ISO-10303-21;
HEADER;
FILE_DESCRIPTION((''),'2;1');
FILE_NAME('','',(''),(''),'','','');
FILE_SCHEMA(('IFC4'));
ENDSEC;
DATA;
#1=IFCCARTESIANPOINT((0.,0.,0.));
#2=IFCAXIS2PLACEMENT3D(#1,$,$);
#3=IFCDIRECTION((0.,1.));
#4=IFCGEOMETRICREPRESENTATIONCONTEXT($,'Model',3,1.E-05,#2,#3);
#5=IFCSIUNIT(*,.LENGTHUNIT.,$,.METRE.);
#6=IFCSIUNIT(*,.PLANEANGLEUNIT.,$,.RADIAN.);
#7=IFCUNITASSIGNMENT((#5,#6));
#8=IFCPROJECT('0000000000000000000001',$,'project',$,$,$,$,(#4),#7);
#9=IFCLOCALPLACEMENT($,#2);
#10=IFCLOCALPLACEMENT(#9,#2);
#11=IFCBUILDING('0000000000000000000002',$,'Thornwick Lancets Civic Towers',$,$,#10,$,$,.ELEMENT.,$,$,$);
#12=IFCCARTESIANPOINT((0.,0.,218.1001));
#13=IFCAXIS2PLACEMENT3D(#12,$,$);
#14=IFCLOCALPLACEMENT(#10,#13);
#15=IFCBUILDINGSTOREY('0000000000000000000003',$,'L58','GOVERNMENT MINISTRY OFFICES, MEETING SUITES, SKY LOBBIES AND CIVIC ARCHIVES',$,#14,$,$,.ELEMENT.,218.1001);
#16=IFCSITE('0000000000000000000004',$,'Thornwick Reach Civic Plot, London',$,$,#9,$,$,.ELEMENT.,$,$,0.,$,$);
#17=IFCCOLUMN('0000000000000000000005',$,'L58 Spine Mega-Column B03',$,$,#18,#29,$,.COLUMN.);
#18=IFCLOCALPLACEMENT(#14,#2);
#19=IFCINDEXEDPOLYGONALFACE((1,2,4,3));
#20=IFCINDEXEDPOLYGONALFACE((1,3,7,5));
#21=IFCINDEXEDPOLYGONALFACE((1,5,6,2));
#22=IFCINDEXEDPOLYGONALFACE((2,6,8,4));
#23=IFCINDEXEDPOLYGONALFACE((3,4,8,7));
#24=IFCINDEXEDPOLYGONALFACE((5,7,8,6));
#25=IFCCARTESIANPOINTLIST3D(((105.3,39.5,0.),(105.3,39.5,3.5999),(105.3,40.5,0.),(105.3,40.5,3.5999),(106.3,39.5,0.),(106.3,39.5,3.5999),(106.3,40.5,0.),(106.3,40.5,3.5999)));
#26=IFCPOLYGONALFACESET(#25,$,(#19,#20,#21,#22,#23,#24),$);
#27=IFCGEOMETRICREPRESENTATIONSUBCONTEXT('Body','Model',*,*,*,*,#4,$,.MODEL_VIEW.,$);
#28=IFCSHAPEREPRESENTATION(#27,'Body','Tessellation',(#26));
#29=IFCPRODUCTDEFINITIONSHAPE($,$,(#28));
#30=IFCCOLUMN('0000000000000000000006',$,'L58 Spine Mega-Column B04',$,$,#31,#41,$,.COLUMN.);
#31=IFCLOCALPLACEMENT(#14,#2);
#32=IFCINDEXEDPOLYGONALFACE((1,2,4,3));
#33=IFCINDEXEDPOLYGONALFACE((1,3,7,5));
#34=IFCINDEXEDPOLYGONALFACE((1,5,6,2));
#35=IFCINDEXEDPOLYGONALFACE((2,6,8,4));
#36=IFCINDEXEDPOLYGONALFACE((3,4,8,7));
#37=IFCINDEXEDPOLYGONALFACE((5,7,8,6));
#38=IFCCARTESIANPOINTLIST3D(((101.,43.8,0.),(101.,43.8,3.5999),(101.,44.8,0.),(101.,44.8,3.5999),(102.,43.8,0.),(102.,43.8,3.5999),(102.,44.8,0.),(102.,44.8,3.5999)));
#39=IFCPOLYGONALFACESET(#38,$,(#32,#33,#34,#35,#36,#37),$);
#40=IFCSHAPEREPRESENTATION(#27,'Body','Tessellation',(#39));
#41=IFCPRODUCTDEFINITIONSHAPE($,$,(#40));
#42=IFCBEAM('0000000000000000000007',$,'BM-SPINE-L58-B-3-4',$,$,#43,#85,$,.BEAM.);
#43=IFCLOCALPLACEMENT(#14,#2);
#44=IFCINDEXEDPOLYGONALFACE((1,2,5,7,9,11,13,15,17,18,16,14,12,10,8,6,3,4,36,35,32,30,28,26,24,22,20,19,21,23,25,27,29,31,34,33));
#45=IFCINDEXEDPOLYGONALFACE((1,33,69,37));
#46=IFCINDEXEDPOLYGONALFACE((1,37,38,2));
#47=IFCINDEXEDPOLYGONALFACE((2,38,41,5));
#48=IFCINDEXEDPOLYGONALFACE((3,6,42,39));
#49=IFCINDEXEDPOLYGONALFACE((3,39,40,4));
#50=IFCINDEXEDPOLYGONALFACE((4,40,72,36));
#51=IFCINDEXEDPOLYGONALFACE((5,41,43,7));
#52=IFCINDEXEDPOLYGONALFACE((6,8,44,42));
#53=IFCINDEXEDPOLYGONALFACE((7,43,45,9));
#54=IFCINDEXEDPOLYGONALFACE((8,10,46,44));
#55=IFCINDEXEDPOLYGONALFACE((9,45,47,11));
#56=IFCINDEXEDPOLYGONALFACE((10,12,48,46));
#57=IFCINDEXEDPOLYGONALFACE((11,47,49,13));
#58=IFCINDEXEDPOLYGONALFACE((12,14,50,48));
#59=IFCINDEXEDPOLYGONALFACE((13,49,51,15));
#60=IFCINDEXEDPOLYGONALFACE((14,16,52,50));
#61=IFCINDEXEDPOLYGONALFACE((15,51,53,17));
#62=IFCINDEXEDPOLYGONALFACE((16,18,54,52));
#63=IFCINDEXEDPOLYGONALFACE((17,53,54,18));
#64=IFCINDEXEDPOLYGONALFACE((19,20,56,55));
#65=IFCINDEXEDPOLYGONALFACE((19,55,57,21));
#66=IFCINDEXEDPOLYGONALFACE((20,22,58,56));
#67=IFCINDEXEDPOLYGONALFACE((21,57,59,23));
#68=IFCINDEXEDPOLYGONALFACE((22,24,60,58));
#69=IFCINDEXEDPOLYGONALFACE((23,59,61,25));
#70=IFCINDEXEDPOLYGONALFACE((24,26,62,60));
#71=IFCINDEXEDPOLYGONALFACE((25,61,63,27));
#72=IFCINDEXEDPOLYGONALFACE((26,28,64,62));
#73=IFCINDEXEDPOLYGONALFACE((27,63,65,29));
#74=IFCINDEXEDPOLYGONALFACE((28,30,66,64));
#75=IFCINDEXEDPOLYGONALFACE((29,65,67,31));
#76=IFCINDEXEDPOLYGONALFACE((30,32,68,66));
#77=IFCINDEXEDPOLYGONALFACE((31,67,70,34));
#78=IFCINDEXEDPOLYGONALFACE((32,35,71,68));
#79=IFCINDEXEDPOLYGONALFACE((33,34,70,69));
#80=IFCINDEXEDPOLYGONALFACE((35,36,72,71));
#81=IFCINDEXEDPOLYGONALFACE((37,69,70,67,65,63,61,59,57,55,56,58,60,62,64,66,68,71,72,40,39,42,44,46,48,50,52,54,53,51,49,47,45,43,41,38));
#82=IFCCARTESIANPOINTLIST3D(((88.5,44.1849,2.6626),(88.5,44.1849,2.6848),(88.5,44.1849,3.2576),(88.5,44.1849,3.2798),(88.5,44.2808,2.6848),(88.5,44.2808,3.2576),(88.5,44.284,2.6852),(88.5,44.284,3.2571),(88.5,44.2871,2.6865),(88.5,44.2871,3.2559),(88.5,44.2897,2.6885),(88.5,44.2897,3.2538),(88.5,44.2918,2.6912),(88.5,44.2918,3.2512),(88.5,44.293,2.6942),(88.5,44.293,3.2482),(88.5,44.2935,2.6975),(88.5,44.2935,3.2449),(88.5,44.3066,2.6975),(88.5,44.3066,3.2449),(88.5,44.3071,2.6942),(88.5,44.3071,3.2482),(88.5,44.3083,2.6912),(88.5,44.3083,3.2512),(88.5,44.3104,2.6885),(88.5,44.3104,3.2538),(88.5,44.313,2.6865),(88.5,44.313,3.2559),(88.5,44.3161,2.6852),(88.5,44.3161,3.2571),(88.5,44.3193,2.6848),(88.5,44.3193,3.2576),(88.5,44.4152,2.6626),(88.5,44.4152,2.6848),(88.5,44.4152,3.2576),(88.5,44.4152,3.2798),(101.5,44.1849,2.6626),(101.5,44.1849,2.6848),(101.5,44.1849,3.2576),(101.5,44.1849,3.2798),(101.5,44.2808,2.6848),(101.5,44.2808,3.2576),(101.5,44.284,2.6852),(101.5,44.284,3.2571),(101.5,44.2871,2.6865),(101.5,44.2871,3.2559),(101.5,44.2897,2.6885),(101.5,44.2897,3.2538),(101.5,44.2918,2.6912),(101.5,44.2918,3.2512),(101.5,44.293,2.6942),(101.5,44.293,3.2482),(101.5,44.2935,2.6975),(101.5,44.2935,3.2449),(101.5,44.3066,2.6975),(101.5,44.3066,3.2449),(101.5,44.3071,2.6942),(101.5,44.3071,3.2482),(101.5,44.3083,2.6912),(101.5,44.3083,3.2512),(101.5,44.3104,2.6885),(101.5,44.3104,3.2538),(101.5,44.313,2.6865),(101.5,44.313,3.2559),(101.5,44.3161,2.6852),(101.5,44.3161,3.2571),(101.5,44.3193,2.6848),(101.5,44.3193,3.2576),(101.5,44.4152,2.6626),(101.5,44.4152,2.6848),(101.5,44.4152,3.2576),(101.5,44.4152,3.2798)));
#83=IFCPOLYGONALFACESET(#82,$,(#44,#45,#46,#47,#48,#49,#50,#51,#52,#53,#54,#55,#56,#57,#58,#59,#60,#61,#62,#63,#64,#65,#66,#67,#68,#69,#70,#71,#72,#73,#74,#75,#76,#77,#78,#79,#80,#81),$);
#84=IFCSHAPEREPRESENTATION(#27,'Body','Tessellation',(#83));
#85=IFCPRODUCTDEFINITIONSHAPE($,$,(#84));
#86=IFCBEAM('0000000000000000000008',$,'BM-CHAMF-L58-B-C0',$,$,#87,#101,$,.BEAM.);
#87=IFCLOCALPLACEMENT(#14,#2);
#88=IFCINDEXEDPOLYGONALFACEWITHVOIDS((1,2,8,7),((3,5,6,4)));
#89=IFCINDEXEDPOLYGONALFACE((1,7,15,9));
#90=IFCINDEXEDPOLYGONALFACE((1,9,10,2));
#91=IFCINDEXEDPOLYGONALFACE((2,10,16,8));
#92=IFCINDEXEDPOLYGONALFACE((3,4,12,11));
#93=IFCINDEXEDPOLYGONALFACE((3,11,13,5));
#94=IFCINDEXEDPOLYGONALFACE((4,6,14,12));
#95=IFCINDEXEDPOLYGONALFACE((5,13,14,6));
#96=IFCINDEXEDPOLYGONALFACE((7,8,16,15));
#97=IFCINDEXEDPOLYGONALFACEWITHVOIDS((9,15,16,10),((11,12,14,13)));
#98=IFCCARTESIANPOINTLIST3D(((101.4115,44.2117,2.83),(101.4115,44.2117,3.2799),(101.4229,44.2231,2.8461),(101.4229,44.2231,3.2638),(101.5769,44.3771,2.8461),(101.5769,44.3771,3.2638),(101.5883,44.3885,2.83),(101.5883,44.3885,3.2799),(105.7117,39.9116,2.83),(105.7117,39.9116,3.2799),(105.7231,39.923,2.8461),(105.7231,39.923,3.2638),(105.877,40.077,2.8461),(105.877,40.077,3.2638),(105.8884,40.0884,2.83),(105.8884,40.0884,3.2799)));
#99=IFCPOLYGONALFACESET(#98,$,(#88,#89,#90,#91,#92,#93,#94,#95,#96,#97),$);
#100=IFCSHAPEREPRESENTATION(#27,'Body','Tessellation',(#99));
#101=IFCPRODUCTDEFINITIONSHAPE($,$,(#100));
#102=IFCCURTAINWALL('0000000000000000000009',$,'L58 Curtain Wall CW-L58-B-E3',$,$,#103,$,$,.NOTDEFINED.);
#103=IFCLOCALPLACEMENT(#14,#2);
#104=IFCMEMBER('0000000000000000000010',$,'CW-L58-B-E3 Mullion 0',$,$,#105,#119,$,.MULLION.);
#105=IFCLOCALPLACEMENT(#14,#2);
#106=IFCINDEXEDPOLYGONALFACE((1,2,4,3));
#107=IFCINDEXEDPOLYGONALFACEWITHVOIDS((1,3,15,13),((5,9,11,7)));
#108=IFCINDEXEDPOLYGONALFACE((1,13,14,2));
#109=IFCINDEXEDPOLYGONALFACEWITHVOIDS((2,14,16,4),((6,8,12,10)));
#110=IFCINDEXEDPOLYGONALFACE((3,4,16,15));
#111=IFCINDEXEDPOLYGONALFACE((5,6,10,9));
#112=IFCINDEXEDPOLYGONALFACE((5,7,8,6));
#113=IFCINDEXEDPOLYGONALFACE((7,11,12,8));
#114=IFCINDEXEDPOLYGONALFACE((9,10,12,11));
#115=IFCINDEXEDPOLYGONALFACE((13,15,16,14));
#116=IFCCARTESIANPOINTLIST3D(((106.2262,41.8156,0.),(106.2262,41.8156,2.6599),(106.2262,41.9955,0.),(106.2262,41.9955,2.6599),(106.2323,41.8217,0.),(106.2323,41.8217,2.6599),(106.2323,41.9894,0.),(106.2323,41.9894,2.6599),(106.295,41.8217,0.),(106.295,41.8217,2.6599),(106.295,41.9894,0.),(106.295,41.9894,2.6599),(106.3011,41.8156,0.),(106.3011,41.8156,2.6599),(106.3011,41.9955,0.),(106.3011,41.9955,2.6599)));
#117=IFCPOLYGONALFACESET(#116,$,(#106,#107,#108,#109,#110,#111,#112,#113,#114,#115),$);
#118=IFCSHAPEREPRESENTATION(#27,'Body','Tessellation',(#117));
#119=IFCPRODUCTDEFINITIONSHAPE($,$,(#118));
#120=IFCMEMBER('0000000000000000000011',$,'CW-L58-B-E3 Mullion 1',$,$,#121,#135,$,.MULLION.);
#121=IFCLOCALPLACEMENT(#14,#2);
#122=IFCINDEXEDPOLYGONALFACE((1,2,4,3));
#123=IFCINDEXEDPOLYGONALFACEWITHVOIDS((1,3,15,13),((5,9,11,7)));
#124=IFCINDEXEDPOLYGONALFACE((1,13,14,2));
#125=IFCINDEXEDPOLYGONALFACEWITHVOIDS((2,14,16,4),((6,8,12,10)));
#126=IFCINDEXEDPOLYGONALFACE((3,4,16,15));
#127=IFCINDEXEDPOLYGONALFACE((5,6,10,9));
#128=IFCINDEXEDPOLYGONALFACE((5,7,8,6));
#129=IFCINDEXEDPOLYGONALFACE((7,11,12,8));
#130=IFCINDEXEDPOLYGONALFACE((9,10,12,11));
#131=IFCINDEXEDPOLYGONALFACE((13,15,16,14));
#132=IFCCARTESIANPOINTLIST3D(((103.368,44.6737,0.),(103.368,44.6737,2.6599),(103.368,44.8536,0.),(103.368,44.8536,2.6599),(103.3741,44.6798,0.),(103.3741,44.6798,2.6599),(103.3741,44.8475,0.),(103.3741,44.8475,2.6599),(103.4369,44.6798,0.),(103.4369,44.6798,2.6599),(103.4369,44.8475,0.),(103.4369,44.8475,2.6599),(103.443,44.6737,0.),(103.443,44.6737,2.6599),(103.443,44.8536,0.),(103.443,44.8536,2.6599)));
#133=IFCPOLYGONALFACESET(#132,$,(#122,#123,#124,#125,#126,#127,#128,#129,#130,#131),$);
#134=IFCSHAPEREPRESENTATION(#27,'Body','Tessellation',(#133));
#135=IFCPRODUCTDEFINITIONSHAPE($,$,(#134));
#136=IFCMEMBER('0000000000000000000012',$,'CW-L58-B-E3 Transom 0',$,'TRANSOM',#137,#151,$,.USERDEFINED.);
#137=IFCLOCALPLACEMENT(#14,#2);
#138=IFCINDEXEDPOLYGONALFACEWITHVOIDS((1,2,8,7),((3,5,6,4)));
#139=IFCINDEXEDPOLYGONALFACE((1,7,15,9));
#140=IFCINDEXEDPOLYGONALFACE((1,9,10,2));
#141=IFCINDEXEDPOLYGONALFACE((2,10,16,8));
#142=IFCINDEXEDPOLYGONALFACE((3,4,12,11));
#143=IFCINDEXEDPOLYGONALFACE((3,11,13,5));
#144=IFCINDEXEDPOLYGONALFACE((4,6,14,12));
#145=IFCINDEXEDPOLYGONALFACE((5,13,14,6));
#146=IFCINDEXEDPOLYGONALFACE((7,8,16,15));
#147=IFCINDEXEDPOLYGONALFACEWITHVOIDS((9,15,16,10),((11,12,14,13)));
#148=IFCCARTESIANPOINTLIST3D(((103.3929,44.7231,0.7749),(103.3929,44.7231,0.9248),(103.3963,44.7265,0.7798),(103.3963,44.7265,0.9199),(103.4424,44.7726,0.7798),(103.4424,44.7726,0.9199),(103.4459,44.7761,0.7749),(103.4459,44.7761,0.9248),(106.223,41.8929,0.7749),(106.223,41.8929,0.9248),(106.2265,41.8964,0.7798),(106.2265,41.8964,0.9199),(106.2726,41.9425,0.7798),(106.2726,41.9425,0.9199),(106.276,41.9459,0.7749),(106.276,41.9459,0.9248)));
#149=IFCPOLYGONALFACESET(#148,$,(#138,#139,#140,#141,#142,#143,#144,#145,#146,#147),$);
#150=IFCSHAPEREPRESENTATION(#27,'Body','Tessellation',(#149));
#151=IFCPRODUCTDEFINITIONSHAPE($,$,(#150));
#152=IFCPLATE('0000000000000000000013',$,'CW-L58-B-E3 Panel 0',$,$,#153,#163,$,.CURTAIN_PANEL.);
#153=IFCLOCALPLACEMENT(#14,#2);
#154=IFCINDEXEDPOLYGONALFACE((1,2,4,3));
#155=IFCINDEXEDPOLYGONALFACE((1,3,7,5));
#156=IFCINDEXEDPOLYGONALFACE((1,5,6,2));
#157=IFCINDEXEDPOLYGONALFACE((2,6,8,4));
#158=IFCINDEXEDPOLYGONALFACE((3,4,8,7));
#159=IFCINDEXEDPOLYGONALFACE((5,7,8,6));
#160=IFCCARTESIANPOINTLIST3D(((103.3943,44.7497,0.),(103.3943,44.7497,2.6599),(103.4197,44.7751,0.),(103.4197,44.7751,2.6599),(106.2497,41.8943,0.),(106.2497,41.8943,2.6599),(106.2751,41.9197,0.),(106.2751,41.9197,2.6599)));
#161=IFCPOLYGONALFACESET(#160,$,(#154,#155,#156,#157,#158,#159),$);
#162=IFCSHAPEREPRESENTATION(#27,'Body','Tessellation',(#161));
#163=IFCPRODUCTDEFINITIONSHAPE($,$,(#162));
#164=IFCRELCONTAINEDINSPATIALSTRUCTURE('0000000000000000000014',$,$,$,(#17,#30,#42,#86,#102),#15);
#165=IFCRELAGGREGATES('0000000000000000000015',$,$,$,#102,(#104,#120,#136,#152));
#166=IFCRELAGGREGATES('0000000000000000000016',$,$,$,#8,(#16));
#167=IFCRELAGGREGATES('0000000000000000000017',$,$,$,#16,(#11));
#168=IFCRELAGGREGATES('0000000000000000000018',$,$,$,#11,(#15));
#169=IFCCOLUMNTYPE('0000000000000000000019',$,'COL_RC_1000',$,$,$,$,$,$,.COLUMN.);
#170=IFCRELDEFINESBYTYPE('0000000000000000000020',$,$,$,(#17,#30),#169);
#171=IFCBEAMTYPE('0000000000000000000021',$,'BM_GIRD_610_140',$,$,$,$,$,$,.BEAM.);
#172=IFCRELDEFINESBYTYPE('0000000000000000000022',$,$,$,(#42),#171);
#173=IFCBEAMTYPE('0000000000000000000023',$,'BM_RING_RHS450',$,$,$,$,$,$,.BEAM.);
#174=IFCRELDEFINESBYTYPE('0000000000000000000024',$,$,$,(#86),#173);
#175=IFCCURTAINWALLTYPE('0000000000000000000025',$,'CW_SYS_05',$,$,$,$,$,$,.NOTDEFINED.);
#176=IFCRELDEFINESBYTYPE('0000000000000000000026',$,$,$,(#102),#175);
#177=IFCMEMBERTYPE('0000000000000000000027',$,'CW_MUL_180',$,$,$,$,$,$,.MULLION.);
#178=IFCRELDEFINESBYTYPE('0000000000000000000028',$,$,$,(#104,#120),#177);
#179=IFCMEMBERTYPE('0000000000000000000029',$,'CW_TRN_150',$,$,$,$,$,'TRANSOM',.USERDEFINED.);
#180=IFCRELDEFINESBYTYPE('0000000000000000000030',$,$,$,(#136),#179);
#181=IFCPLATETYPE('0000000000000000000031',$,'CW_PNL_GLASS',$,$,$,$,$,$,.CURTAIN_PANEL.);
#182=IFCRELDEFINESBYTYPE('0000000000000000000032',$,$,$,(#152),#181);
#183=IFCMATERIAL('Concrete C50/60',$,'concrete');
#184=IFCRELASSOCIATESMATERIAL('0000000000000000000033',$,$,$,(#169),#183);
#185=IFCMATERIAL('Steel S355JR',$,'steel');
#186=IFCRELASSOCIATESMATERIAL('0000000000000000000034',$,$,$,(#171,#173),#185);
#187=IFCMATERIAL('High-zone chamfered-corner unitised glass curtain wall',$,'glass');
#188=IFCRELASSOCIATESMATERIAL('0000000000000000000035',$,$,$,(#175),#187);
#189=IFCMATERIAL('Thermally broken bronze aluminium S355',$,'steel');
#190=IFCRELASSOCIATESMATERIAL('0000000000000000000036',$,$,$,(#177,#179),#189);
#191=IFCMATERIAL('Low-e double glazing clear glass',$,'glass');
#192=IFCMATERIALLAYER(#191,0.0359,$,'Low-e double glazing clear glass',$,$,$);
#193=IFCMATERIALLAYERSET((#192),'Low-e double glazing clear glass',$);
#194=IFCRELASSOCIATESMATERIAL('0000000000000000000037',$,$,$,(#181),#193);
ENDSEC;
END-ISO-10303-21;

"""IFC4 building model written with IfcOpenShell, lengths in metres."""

from ifc_helpers import new_model, si_unit, direction, frame, origin, origin_2d, place, context, subcontext, project, spatial, rectangle, hollow_rectangle, i_section, extrude, material, layer, layer_set, material_profile, profile_set, type_object, element, aggregate, save


model = new_model("IFC4")

# Units and contexts
model_context = context("Model", 3, precision=1e-05, world=origin(), true_north=direction((0.0, 1.0)))
body_context = subcontext(model_context, "Body", "Model", "MODEL_VIEW")
ifc_project = project(units=[si_unit("LENGTHUNIT", "METRE"), si_unit("PLANEANGLEUNIT", "RADIAN")], contexts=[model_context])

# Site, building, storey
site_placement = place(None, origin())
site = spatial("IfcSite", under=ifc_project, at=site_placement, Name="Thornwick Reach Civic Plot, London", CompositionType="ELEMENT", RefElevation=0.0)
building_placement = place(site_placement, origin())
building = spatial("IfcBuilding", under=site, at=building_placement, Name="Thornwick Lancets Civic Towers", CompositionType="ELEMENT")
storey_placement = place(building_placement, frame((0.0, 0.0, 218.1001)))
storey = spatial("IfcBuildingStorey", under=building, at=storey_placement, Name="L58", Description="GOVERNMENT MINISTRY OFFICES, MEETING SUITES, SKY LOBBIES AND CIVIC ARCHIVES", CompositionType="ELEMENT", Elevation=218.1001)

# Columns
ifc_material_1 = material(Name="Concrete C50/60", Category="concrete")
ifc_material_profile_1 = material_profile(ifc_material_1, rectangle(XDim=1.0, YDim=1.0, at=origin_2d()), Name="RC 1000x1000")
ifc_profile_set_1 = profile_set([ifc_material_profile_1], Name="Concrete C50/60")
column_type = type_object("IfcColumnType", Name="COL_RC_1000", PredefinedType="COLUMN", material=ifc_profile_set_1)
for number, where, z_axis, x_axis, name in (
    (1, (105.8, 40.0, 0.0), (0.0, 0.0, 1.0), (1.0, 0.0, 0.0), "L58 Spine Mega-Column B03"),
    (2, (101.5, 44.3, 0.0), (0.0, 0.0, 1.0), (1.0, 0.0, 0.0), "L58 Spine Mega-Column B04"),
):
    element("IfcColumn", number, at=place(storey_placement, frame(where, z_axis=z_axis, x_axis=x_axis)), inside=storey, type_object=column_type, Name=name, PredefinedType="COLUMN", context=body_context, shape_type="SweptSolid", body=[
        extrude(rectangle(XDim=1.0, YDim=1.0, at=origin_2d()), origin(), (0.0, 0.0, 1.0), 3.5999),
    ])

# Beams
ifc_material_2 = material(Name="Steel S355JR", Category="steel")
ifc_material_profile_2 = material_profile(ifc_material_2, i_section(OverallWidth=0.2302, OverallDepth=0.6172, WebThickness=0.0132, FlangeThickness=0.0222, FilletRadius=0.0127, at=origin_2d()), Name="UKB 610x229x140")
ifc_profile_set_2 = profile_set([ifc_material_profile_2], Name="Steel S355JR")
beam_type_1 = type_object("IfcBeamType", Name="BM_GIRD_610_140", PredefinedType="BEAM", material=ifc_profile_set_2)
beam_1_placement = place(storey_placement, frame((101.5, 44.3, 2.9712), z_axis=(-1.0, 0.0, 0.0), x_axis=(0.0, -1.0, 0.0)))
element("IfcBeam", 3, at=beam_1_placement, inside=storey, type_object=beam_type_1, Name="BM-SPINE-L58-B-3-4", PredefinedType="BEAM", context=body_context, shape_type="SweptSolid", body=[
    extrude(i_section(OverallWidth=0.2302, OverallDepth=0.6172, WebThickness=0.0132, FlangeThickness=0.0222, FilletRadius=0.0127, at=origin_2d()), origin(), (0.0, 0.0, 1.0), 13.0),
])
ifc_material_profile_3 = material_profile(ifc_material_2, hollow_rectangle(XDim=0.25, YDim=0.45, WallThickness=0.0161, at=origin_2d()), Name="RHS 450x250x16")
ifc_profile_set_3 = profile_set([ifc_material_profile_3], Name="Steel S355JR")
beam_type_2 = type_object("IfcBeamType", Name="BM_RING_RHS450", PredefinedType="BEAM", material=ifc_profile_set_3)
beam_2_placement = place(storey_placement, frame((105.8, 40.0, 3.0549), z_axis=(-0.707107, 0.707107, 0.0), x_axis=(-0.707107, -0.707107, 0.0)))
element("IfcBeam", 4, at=beam_2_placement, inside=storey, type_object=beam_type_2, Name="BM-CHAMF-L58-B-C0", PredefinedType="BEAM", context=body_context, shape_type="SweptSolid", body=[
    extrude(hollow_rectangle(XDim=0.25, YDim=0.45, WallThickness=0.0161, at=origin_2d()), origin(), (0.0, 0.0, 1.0), 6.0813),
])

# Curtain wall, members, plate
ifc_material_3 = material(Name="High-zone chamfered-corner unitised glass curtain wall", Category="glass")
curtain_wall_type = type_object("IfcCurtainWallType", Name="CW_SYS_05", PredefinedType="NOTDEFINED", material=ifc_material_3)
curtain_wall_placement = place(storey_placement, origin())
curtain_wall = element("IfcCurtainWall", 5, at=curtain_wall_placement, inside=storey, type_object=curtain_wall_type, Name="L58 Curtain Wall CW-L58-B-E3", PredefinedType="NOTDEFINED")
ifc_material_4 = material(Name="Thermally broken bronze aluminium S355", Category="steel")
ifc_material_profile_4 = material_profile(ifc_material_4, hollow_rectangle(XDim=0.075, YDim=0.1799, WallThickness=0.0061, at=origin_2d()), Name="RHS 180x75x6")
ifc_profile_set_4 = profile_set([ifc_material_profile_4], Name="Thermally broken bronze aluminium S355")
member_type_1 = type_object("IfcMemberType", Name="CW_MUL_180", PredefinedType="MULLION", material=ifc_profile_set_4)
member_1_placement = place(storey_placement, frame((106.2637, 41.9055, 0.0), z_axis=(0.0, 0.0, 1.0), x_axis=(1.0, 0.0, 0.0)))
member_1 = element("IfcMember", 6, at=member_1_placement, type_object=member_type_1, Name="CW-L58-B-E3 Mullion 0", PredefinedType="MULLION", context=body_context, shape_type="SweptSolid", body=[
    extrude(hollow_rectangle(XDim=0.075, YDim=0.1799, WallThickness=0.0061, at=origin_2d()), origin(), (0.0, 0.0, 1.0), 2.6599),
])
member_2_placement = place(storey_placement, frame((103.4055, 44.7637, 0.0), z_axis=(0.0, 0.0, 1.0), x_axis=(1.0, 0.0, 0.0)))
member_2 = element("IfcMember", 7, at=member_2_placement, type_object=member_type_1, Name="CW-L58-B-E3 Mullion 1", PredefinedType="MULLION", context=body_context, shape_type="SweptSolid", body=[
    extrude(hollow_rectangle(XDim=0.075, YDim=0.1799, WallThickness=0.0061, at=origin_2d()), origin(), (0.0, 0.0, 1.0), 2.6599),
])
ifc_material_profile_5 = material_profile(ifc_material_4, hollow_rectangle(XDim=0.075, YDim=0.1499, WallThickness=0.0049, at=origin_2d()), Name="RHS 150x75x5")
ifc_profile_set_5 = profile_set([ifc_material_profile_5], Name="Thermally broken bronze aluminium S355")
member_type_2 = type_object("IfcMemberType", Name="CW_TRN_150", ElementType="TRANSOM", PredefinedType="USERDEFINED", material=ifc_profile_set_5)
member_3_placement = place(storey_placement, frame((106.2495, 41.9194, 0.8499), z_axis=(-0.707107, 0.707107, 0.0), x_axis=(-0.707107, -0.707107, 0.0)))
member_3 = element("IfcMember", 8, at=member_3_placement, type_object=member_type_2, Name="CW-L58-B-E3 Transom 0", ObjectType="TRANSOM", PredefinedType="USERDEFINED", context=body_context, shape_type="SweptSolid", body=[
    extrude(hollow_rectangle(XDim=0.075, YDim=0.1499, WallThickness=0.0049, at=origin_2d()), origin(), (0.0, 0.0, 1.0), 4.0024),
])
ifc_material_5 = material(Name="Low-e double glazing clear glass", Category="glass")
ifc_layer_1 = layer(ifc_material_5, 0.0359, Name="Low-e double glazing clear glass")
ifc_layer_set_1 = layer_set([ifc_layer_1], Name="Low-e double glazing clear glass")
plate_type = type_object("IfcPlateType", Name="CW_PNL_GLASS", PredefinedType="CURTAIN_PANEL", material=ifc_layer_set_1)
plate_placement = place(storey_placement, frame((104.8347, 43.3347, 0.0), z_axis=(0.0, 0.0, 1.0), x_axis=(-0.707107, 0.707107, 0.0)))
plate = element("IfcPlate", 9, at=plate_placement, type_object=plate_type, Name="CW-L58-B-E3 Panel 0", PredefinedType="CURTAIN_PANEL", context=body_context, shape_type="SweptSolid", body=[
    extrude(rectangle(XDim=4.0381, YDim=0.0359, at=origin_2d()), origin(), (0.0, 0.0, 1.0), 2.6599),
])
aggregate(curtain_wall, [member_1, member_2, member_3, plate])

save(model, "model.ifc")
